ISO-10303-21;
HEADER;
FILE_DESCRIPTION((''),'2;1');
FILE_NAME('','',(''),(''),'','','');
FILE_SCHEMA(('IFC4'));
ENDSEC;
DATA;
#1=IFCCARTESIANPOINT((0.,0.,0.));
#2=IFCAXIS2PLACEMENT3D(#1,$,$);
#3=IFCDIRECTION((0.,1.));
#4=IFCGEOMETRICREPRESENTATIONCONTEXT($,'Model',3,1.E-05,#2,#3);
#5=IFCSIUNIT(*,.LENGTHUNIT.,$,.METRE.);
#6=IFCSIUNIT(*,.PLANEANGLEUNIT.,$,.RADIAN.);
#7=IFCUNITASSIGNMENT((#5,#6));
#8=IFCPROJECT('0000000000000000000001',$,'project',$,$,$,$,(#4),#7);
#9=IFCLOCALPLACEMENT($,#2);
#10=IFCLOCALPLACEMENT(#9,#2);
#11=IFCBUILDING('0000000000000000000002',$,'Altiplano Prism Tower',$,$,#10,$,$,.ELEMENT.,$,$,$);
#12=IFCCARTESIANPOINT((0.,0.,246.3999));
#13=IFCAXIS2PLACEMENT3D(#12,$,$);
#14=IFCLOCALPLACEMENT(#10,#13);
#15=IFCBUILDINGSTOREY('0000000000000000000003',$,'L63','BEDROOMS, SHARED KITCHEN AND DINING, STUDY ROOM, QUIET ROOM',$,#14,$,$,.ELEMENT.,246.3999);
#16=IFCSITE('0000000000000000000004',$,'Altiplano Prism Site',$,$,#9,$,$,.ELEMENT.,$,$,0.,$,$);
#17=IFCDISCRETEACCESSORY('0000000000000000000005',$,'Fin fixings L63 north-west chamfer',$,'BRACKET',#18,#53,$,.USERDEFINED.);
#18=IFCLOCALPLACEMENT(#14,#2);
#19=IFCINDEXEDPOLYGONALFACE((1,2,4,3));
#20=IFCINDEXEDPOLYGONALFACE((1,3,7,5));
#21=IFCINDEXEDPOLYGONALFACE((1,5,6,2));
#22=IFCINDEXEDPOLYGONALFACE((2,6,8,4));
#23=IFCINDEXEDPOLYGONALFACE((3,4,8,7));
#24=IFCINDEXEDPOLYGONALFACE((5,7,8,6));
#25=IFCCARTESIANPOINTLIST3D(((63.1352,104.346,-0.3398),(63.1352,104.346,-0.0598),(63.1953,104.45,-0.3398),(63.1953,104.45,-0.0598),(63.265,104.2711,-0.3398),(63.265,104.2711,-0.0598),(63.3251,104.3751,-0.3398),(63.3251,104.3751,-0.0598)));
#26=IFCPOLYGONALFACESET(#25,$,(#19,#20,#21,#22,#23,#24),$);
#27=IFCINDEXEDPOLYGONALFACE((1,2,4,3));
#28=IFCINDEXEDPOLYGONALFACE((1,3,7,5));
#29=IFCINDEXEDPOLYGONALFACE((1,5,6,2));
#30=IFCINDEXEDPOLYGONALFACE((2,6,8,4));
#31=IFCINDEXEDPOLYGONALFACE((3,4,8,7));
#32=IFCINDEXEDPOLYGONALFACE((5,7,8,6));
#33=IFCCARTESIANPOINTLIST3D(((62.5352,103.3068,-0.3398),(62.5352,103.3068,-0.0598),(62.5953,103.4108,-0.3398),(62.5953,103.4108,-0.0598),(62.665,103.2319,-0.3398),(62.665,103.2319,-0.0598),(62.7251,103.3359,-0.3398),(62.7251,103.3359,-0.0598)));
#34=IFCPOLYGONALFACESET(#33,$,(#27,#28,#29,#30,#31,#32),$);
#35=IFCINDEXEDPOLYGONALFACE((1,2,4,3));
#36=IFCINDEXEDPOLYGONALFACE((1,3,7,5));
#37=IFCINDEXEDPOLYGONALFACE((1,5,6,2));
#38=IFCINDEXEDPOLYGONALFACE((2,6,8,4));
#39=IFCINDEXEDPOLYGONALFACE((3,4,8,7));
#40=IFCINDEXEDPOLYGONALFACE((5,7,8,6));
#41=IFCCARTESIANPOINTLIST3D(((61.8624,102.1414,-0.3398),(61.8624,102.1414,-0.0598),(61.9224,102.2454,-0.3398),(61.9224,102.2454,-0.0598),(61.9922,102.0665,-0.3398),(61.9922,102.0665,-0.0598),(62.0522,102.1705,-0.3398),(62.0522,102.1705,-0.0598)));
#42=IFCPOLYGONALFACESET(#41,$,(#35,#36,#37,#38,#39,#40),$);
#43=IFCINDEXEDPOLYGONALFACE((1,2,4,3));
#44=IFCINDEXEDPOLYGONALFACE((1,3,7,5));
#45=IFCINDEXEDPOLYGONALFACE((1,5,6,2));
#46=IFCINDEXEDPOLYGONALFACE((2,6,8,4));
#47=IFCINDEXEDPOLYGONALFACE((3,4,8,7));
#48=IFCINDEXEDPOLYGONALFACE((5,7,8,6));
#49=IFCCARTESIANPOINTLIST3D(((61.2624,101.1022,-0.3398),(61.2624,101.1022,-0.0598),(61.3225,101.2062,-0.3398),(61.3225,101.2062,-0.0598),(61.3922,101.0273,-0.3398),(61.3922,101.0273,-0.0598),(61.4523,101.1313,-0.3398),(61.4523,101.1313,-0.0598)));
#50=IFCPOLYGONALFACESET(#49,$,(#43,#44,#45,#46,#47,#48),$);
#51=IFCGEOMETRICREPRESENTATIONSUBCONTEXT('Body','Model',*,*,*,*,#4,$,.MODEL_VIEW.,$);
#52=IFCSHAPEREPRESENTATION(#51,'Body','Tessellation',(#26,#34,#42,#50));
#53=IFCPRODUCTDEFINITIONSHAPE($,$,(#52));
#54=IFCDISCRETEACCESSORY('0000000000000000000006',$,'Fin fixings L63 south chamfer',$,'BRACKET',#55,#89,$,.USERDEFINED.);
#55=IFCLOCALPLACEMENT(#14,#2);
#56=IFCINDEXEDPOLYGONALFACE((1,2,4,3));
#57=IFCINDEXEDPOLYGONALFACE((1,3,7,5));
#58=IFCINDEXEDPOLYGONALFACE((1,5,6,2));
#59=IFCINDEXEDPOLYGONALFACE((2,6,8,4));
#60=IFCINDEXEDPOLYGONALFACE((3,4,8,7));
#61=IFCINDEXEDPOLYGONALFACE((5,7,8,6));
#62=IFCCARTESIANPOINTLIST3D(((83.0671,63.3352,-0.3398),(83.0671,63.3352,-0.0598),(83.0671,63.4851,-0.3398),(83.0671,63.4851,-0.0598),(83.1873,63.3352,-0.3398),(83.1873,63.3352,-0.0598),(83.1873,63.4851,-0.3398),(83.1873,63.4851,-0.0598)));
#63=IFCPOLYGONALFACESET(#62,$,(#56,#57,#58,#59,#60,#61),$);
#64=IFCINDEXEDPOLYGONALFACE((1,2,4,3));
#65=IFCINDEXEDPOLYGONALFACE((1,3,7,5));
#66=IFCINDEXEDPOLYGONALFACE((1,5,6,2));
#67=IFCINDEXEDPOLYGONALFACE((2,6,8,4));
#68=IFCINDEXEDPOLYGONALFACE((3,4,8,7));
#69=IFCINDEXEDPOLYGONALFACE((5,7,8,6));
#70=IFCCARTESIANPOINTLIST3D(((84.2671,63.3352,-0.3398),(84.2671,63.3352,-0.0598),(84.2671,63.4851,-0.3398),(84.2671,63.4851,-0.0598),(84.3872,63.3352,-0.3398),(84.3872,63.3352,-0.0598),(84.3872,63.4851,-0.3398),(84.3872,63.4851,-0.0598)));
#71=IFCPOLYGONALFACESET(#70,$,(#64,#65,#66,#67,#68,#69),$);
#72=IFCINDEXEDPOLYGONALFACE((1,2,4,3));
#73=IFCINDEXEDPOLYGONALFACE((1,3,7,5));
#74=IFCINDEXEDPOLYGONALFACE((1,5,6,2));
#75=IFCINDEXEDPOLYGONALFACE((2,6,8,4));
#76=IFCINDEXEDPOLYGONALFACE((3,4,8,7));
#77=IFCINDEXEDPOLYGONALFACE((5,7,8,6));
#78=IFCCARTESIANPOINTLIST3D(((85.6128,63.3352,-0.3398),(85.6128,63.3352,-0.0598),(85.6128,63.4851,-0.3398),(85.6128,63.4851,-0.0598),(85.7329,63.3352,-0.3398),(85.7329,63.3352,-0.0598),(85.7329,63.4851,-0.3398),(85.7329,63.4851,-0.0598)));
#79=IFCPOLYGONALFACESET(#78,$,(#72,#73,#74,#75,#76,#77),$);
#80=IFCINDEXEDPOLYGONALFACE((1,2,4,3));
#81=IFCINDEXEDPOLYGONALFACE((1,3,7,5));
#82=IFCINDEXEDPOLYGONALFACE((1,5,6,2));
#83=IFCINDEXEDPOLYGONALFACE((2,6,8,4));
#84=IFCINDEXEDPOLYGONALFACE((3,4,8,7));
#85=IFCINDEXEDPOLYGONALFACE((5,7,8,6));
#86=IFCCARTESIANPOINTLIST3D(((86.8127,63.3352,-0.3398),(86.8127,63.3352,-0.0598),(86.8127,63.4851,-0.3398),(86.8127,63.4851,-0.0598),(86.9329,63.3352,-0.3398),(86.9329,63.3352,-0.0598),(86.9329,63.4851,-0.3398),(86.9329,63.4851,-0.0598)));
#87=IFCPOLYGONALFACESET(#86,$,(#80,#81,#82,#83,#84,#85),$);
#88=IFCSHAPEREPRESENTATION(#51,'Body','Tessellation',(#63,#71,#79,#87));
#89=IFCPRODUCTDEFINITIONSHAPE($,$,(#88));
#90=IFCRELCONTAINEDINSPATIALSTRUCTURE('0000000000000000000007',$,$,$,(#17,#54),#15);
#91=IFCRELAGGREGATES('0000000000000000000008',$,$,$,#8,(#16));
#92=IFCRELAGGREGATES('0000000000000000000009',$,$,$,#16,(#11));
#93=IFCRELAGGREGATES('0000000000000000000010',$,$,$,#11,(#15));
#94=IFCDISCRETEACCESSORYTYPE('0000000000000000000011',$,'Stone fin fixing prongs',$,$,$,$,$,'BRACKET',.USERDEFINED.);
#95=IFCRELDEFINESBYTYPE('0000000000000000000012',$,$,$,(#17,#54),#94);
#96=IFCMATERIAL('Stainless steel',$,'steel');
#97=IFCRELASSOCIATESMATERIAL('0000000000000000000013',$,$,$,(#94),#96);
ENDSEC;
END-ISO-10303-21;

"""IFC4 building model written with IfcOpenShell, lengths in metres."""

from ifc_helpers import new_model, si_unit, direction, frame, origin, place, context, subcontext, project, spatial, polyline, outline, extrude, source, transform, mapped, material, type_object, element, save


model = new_model("IFC4")

# Units and contexts
model_context = context("Model", 3, precision=1e-05, world=origin(), true_north=direction((0.0, 1.0)))
body_context = subcontext(model_context, "Body", "Model", "MODEL_VIEW")
ifc_project = project(units=[si_unit("LENGTHUNIT", "METRE"), si_unit("PLANEANGLEUNIT", "RADIAN")], contexts=[model_context])

# Site, building, storey
site_placement = place(None, origin())
site = spatial("IfcSite", under=ifc_project, at=site_placement, Name="Altiplano Prism Site", CompositionType="ELEMENT", RefElevation=0.0)
building_placement = place(site_placement, origin())
building = spatial("IfcBuilding", under=site, at=building_placement, Name="Altiplano Prism Tower", CompositionType="ELEMENT")
storey_placement = place(building_placement, frame((0.0, 0.0, 246.3999)))
storey = spatial("IfcBuildingStorey", under=building, at=storey_placement, Name="L63", Description="BEDROOMS, SHARED KITCHEN AND DINING, STUDY ROOM, QUIET ROOM", CompositionType="ELEMENT", Elevation=246.3999)

# Discrete accessories
ifc_material_1 = material(Name="Stainless steel", Category="steel")
discrete_accessory_type = type_object("IfcDiscreteAccessoryType", Name="Stone fin fixing prongs", ElementType="BRACKET", PredefinedType="USERDEFINED", material=ifc_material_1)
shared_shape_1 = source(origin(), body_context, "Body", "SweptSolid", [
    extrude(outline(polyline([(-1.9329, 0.0601), (-1.8127, 0.0601), (-1.8127, 0.3401), (-1.9329, 0.3401), (-1.9329, 0.0601)])), frame((0.0, 0.0, 0.0), z_axis=(0.0, -1.0, 0.0), x_axis=(1.0, 0.0, 0.0)), (0.0, 0.0, 1.0), 0.1499),
    extrude(outline(polyline([(-0.7329, 0.0601), (-0.6128, 0.0601), (-0.6128, 0.3401), (-0.7329, 0.3401), (-0.7329, 0.0601)])), frame((0.0, 0.0, 0.0), z_axis=(0.0, -1.0, 0.0), x_axis=(1.0, 0.0, 0.0)), (0.0, 0.0, 1.0), 0.1499),
    extrude(outline(polyline([(0.6128, 0.0601), (0.7329, 0.0601), (0.7329, 0.3401), (0.6128, 0.3401), (0.6128, 0.0601)])), frame((0.0, 0.0, 0.0), z_axis=(0.0, -1.0, 0.0), x_axis=(1.0, 0.0, 0.0)), (0.0, 0.0, 1.0), 0.1499),
    extrude(outline(polyline([(1.8127, 0.0601), (1.9329, 0.0601), (1.9329, 0.3401), (1.8127, 0.3401), (1.8127, 0.0601)])), frame((0.0, 0.0, 0.0), z_axis=(0.0, -1.0, 0.0), x_axis=(1.0, 0.0, 0.0)), (0.0, 0.0, 1.0), 0.1499),
])
discrete_accessory_1_placement = place(storey_placement, origin())
element("IfcDiscreteAccessory", 1, at=discrete_accessory_1_placement, inside=storey, type_object=discrete_accessory_type, Name="Fin fixings L63 north-west chamfer", ObjectType="BRACKET", PredefinedType="USERDEFINED", context=body_context, shape_type="MappedRepresentation", body=[
    mapped(shared_shape_1, transform((62.3586, 102.7012, -0.3999), x_axis=(-0.5, -0.866025, 0.0), y_axis=(0.866025, -0.5, 0.0), z_axis=(0.0, 0.0, 1.0))),
])
discrete_accessory_2_placement = place(storey_placement, origin())
element("IfcDiscreteAccessory", 2, at=discrete_accessory_2_placement, inside=storey, type_object=discrete_accessory_type, Name="Fin fixings L63 south chamfer", ObjectType="BRACKET", PredefinedType="USERDEFINED", context=body_context, shape_type="MappedRepresentation", body=[
    mapped(shared_shape_1, transform((85.0, 63.4851, -0.3999), x_axis=(1.0, 0.0, 0.0), y_axis=(0.0, 1.0, 0.0), z_axis=(0.0, 0.0, 1.0))),
])

save(model, "model.ifc")
